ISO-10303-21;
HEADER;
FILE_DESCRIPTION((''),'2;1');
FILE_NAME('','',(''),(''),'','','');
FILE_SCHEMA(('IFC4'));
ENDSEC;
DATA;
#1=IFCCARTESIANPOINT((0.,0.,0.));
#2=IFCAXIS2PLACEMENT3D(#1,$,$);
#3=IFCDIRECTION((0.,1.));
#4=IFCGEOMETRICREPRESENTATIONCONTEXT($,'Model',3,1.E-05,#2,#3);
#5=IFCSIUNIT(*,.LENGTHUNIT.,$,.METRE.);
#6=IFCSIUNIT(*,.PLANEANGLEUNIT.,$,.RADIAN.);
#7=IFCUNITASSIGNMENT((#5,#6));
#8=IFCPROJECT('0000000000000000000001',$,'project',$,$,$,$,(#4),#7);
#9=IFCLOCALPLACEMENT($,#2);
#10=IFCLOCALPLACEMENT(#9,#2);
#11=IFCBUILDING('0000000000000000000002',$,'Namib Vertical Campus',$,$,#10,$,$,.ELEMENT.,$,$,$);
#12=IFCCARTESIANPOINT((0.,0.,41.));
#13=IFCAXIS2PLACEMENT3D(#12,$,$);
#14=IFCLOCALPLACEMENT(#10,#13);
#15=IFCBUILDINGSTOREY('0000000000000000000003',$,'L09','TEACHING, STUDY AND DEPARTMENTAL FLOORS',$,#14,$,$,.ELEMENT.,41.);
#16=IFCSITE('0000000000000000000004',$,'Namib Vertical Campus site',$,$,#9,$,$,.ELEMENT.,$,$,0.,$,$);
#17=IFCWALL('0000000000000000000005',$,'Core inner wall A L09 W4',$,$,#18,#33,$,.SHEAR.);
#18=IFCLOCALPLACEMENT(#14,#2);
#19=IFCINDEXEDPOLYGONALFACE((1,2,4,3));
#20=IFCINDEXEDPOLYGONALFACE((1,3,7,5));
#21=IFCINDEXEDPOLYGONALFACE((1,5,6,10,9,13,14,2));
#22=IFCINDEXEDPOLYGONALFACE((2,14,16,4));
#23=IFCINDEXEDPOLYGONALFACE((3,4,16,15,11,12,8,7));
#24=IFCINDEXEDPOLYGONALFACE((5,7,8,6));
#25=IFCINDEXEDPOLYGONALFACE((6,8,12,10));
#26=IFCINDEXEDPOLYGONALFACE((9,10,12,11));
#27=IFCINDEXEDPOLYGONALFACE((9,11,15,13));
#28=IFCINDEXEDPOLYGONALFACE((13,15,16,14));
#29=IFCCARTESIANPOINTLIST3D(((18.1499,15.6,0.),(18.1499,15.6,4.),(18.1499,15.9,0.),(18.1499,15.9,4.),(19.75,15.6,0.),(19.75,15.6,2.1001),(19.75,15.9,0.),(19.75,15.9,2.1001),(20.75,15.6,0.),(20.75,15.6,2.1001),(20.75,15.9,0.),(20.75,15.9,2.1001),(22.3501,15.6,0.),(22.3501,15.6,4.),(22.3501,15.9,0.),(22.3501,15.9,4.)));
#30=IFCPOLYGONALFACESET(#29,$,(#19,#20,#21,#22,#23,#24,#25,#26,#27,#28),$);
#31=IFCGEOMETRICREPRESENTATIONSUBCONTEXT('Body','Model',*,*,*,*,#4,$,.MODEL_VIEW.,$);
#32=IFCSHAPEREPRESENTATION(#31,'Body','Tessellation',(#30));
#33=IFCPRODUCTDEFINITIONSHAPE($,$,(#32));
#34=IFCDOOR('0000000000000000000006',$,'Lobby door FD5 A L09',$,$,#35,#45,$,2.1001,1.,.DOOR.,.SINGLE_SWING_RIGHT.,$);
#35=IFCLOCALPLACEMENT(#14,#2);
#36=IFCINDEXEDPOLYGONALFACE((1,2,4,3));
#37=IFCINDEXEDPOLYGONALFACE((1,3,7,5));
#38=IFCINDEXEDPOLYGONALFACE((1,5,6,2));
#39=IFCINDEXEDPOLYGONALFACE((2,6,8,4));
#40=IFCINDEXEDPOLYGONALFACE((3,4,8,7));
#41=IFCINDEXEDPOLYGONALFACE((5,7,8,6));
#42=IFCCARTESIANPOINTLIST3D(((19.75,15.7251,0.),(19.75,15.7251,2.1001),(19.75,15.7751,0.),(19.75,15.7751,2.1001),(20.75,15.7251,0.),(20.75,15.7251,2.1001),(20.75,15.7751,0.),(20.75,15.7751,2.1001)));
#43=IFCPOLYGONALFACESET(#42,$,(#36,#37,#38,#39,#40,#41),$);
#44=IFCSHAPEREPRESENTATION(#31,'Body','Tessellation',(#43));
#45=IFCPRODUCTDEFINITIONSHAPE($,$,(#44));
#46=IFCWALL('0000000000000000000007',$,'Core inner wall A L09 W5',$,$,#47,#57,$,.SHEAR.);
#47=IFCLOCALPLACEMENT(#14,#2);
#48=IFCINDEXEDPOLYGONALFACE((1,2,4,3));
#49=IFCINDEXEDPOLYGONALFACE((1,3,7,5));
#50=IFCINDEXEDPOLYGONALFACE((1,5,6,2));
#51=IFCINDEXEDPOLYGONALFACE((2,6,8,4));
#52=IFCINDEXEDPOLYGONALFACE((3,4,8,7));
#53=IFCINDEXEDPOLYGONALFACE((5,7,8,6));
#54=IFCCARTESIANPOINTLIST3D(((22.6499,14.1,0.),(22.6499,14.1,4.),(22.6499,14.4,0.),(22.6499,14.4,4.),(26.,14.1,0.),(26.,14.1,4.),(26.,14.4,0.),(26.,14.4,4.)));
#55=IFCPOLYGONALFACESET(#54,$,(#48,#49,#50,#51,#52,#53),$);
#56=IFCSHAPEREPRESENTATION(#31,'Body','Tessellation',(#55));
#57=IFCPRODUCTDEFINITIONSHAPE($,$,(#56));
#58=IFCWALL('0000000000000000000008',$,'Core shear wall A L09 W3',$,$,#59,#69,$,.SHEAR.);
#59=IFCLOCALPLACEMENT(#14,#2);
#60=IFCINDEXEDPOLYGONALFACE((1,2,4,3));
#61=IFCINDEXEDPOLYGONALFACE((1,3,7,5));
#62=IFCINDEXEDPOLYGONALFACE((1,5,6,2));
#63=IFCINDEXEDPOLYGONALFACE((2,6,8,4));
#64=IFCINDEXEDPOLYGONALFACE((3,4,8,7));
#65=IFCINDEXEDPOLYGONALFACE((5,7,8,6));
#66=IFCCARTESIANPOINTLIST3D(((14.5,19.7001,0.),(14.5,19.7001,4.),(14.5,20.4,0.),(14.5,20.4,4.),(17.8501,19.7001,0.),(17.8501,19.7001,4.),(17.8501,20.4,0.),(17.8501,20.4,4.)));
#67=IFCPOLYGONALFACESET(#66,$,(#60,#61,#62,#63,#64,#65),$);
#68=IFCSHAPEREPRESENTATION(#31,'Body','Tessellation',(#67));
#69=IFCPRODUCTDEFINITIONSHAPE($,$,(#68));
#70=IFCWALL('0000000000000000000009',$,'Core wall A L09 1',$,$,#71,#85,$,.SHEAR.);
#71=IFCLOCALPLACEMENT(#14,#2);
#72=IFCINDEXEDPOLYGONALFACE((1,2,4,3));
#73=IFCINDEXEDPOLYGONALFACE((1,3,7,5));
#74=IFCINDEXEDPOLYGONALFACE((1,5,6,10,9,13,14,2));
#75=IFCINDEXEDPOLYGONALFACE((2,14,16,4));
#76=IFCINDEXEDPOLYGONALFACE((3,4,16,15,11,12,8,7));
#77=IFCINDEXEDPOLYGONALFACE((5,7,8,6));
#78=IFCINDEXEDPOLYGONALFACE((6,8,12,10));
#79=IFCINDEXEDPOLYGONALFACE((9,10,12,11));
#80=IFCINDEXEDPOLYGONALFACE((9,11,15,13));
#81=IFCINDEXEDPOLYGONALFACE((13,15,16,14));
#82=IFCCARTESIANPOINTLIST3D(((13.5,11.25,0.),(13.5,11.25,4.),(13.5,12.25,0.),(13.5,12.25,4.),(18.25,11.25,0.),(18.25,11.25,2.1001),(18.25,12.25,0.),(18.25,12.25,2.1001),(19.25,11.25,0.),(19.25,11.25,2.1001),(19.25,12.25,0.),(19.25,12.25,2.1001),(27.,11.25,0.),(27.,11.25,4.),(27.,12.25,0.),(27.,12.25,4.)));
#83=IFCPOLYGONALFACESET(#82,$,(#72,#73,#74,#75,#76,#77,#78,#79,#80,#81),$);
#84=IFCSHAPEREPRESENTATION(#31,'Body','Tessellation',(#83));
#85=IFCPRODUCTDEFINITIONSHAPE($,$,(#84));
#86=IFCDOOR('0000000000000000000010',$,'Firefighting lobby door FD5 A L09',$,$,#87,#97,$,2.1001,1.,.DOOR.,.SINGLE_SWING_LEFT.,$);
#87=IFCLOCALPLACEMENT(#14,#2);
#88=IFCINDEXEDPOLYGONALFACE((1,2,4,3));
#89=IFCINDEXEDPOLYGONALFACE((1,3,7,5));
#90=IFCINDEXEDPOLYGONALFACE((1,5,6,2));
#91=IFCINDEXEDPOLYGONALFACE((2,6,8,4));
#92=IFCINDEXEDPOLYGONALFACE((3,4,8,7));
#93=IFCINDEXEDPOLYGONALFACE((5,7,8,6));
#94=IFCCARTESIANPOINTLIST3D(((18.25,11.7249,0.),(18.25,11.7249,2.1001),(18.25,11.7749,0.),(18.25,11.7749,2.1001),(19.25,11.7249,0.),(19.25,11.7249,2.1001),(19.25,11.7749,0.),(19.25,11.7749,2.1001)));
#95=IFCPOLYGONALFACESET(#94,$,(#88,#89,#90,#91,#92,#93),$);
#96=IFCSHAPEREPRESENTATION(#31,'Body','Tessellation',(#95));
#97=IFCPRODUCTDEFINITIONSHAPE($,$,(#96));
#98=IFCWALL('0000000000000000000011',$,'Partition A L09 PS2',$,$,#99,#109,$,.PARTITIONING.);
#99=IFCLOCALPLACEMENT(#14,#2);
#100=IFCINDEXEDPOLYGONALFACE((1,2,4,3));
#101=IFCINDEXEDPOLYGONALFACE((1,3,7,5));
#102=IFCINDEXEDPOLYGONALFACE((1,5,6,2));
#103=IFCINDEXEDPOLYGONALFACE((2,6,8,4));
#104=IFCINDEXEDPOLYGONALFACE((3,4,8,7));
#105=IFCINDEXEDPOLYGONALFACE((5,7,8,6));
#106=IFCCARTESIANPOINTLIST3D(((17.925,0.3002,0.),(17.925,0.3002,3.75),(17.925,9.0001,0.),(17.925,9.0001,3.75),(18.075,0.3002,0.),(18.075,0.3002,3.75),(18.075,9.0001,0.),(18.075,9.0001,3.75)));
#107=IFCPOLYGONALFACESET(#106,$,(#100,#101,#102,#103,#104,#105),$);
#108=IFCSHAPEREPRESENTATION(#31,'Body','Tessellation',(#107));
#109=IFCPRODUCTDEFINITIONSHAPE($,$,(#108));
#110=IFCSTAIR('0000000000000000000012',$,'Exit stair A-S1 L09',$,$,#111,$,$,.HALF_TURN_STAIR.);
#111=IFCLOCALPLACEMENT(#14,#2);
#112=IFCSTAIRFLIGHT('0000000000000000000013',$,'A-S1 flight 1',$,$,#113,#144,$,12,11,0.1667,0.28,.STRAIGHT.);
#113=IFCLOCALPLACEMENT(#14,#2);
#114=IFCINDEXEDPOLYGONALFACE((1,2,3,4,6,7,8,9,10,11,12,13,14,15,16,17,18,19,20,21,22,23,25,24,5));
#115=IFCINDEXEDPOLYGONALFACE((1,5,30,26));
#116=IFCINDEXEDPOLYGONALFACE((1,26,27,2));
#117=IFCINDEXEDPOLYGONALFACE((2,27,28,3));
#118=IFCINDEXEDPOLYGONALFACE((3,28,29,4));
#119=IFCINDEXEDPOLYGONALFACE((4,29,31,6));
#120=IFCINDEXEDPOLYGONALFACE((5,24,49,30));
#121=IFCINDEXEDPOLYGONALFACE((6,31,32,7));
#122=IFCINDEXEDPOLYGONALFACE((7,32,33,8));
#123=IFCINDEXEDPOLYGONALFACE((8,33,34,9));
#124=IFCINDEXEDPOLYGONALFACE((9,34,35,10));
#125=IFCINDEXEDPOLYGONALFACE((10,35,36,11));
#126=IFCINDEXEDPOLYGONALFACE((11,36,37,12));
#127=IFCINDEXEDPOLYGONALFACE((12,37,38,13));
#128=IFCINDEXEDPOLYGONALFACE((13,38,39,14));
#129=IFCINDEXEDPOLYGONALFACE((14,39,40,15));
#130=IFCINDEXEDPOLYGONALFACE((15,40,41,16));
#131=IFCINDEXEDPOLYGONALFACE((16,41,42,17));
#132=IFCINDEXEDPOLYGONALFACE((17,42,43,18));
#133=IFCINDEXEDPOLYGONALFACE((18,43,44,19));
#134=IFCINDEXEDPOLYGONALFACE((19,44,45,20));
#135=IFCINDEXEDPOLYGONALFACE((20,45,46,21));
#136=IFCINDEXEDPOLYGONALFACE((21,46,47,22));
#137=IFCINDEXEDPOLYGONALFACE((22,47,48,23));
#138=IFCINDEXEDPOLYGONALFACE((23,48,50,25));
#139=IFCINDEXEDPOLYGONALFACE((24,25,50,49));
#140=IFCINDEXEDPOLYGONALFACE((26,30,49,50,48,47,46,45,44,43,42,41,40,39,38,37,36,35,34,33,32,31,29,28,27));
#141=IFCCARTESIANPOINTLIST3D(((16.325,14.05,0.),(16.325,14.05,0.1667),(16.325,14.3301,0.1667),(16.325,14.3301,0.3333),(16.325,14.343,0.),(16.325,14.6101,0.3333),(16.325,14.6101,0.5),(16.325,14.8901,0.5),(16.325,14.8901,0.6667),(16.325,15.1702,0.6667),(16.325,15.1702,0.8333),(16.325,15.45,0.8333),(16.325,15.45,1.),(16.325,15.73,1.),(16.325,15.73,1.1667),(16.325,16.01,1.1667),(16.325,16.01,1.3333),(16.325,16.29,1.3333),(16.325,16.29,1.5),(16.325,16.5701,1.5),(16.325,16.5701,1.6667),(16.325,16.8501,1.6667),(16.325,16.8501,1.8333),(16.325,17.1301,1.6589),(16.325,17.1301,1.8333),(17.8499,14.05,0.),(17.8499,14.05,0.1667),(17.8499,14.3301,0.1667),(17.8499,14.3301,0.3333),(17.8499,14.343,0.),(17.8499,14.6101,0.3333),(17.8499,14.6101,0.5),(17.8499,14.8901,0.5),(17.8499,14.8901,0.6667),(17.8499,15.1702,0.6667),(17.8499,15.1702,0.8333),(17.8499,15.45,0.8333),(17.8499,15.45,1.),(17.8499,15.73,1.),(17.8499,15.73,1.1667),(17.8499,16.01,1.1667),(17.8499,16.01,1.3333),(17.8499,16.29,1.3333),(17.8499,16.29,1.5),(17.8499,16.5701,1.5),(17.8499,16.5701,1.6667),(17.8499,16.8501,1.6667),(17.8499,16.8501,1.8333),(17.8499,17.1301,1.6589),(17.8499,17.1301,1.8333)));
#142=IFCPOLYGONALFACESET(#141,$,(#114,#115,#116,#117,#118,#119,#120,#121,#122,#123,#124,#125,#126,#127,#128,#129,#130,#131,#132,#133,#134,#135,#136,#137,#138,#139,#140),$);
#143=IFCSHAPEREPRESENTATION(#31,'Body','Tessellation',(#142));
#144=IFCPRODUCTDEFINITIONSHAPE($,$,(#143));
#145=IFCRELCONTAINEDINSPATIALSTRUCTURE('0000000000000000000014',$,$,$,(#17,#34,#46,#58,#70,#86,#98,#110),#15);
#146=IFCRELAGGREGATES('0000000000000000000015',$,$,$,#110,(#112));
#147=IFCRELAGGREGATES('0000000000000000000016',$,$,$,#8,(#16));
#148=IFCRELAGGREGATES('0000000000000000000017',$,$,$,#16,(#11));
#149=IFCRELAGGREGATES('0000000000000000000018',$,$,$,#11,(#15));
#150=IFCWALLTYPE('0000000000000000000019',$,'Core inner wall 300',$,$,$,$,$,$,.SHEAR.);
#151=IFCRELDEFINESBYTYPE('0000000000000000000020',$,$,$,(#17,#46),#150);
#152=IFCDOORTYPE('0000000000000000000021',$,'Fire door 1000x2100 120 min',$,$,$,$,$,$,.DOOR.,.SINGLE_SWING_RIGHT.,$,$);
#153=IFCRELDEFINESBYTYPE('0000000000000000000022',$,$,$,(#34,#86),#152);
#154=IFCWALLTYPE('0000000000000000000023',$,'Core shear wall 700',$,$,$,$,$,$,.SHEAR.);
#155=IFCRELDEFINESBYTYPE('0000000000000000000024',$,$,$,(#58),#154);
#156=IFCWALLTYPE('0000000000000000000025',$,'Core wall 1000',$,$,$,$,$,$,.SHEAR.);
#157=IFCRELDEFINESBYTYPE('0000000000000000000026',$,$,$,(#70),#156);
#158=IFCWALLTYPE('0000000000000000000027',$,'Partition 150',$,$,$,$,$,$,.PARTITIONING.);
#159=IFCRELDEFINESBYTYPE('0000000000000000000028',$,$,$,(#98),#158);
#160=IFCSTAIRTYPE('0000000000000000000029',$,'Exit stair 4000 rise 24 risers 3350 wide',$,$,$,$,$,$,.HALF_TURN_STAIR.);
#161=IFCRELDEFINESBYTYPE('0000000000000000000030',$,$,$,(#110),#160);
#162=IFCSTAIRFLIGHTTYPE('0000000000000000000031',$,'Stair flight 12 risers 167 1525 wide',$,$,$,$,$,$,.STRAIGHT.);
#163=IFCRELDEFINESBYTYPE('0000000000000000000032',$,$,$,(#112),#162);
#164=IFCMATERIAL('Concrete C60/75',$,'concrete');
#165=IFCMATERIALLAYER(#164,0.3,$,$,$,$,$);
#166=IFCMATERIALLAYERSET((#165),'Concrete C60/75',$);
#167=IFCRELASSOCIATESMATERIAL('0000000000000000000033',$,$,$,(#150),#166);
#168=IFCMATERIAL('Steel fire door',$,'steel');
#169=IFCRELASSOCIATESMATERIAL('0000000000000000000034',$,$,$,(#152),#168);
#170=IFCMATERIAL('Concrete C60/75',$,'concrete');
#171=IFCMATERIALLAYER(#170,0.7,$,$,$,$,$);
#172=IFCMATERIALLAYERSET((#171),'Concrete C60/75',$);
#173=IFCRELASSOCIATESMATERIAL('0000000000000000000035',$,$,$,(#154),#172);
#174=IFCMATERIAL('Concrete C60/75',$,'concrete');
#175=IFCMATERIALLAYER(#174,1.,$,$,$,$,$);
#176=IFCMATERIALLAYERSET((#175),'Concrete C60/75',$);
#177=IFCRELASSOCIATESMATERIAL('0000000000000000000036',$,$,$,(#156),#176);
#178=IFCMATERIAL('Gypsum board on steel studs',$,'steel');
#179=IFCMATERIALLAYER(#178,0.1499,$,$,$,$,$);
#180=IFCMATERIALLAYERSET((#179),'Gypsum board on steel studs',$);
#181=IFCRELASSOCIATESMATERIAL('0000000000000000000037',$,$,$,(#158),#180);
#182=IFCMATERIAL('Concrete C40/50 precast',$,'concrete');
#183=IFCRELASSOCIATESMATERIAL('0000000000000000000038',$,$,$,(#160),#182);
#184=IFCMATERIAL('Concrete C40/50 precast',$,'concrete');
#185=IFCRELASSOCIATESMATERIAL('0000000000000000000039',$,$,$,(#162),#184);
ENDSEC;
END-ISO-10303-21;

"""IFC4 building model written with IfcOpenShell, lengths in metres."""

from ifc_helpers import new_model, si_unit, direction, frame, frame_2d, origin, place, context, subcontext, project, spatial, polyline, rectangle, outline, extrude, material, layer, layer_set, type_object, element, fill, aggregate, save


model = new_model("IFC4")

# Units and contexts
model_context = context("Model", 3, precision=1e-05, world=origin(), true_north=direction((0.0, 1.0)))
body_context = subcontext(model_context, "Body", "Model", "MODEL_VIEW")
ifc_project = project(units=[si_unit("LENGTHUNIT", "METRE"), si_unit("PLANEANGLEUNIT", "RADIAN")], contexts=[model_context])

# Site, building, storey
site_placement = place(None, origin())
site = spatial("IfcSite", under=ifc_project, at=site_placement, Name="Namib Vertical Campus site", CompositionType="ELEMENT", RefElevation=0.0)
building_placement = place(site_placement, origin())
building = spatial("IfcBuilding", under=site, at=building_placement, Name="Namib Vertical Campus", CompositionType="ELEMENT")
storey_placement = place(building_placement, frame((0.0, 0.0, 41.0)))
storey = spatial("IfcBuildingStorey", under=building, at=storey_placement, Name="L09", Description="TEACHING, STUDY AND DEPARTMENTAL FLOORS", CompositionType="ELEMENT", Elevation=41.0)

# Shared definitions
ifc_material_1 = material(Name="Concrete C60/75", Category="concrete")
ifc_layer_1 = layer(ifc_material_1, 0.3)
ifc_layer_set_1 = layer_set([ifc_layer_1], Name="Concrete C60/75")
wall_type_1 = type_object("IfcWallType", Name="Core inner wall 300", PredefinedType="SHEAR", material=ifc_layer_set_1)

# Wall, opening, door
wall_1_placement = place(storey_placement, frame((18.1499, 15.75, 0.0), z_axis=(0.0, 0.0, 1.0), x_axis=(1.0, 0.0, 0.0)))
wall_1 = element("IfcWall", 1, at=wall_1_placement, inside=storey, type_object=wall_type_1, Name="Core inner wall A L09 W4", PredefinedType="SHEAR", context=body_context, shape_type="SweptSolid", body=[
    extrude(rectangle(XDim=4.2002, YDim=0.3, at=frame_2d((2.1001, 0.0))), origin(), (0.0, 0.0, 1.0), 4.0),
])
opening_1_placement = place(wall_1_placement, frame((1.6001, 0.0, 0.0)))
opening_1 = element("IfcOpeningElement", 2, at=opening_1_placement, cuts=wall_1, PredefinedType="OPENING", context=body_context, shape_type="SweptSolid", body=[
    extrude(rectangle(XDim=1.0, YDim=2.1001, at=frame_2d((0.5, 1.05))), frame((0.0, 0.1599, 0.0), z_axis=(0.0, -1.0, 0.0), x_axis=(1.0, 0.0, 0.0)), (0.0, 0.0, 1.0), 0.3201),
])
ifc_material_2 = material(Name="Steel fire door", Category="steel")
door_type_1 = type_object("IfcDoorType", Name="Fire door 1000x2100 120 min", OperationType="SINGLE_SWING_RIGHT", PredefinedType="DOOR", material=ifc_material_2)
door_1_placement = place(opening_1_placement, frame((1.0, 0.0, 0.0), z_axis=(0.0, 0.0, 1.0), x_axis=(-1.0, 0.0, 0.0)))
door_1 = element("IfcDoor", 3, at=door_1_placement, inside=storey, type_object=door_type_1, Name="Lobby door FD5 A L09", OperationType="SINGLE_SWING_RIGHT", OverallHeight=2.1001, OverallWidth=1.0, PredefinedType="DOOR", context=body_context, shape_type="SweptSolid", body=[
    extrude(rectangle(XDim=1.0, YDim=2.1001, at=frame_2d((0.5, 1.05))), frame((0.0, 0.0249, 0.0), z_axis=(0.0, -1.0, 0.0), x_axis=(1.0, 0.0, 0.0)), (0.0, 0.0, 1.0), 0.05),
])
fill(opening_1, door_1)

# Walls
wall_2_placement = place(storey_placement, frame((22.6499, 14.25, 0.0), z_axis=(0.0, 0.0, 1.0), x_axis=(1.0, 0.0, 0.0)))
element("IfcWall", 4, at=wall_2_placement, inside=storey, type_object=wall_type_1, Name="Core inner wall A L09 W5", PredefinedType="SHEAR", context=body_context, shape_type="SweptSolid", body=[
    extrude(rectangle(XDim=3.3501, YDim=0.3, at=frame_2d((1.675, 0.0))), origin(), (0.0, 0.0, 1.0), 4.0),
])
ifc_material_3 = material(Name="Concrete C60/75", Category="concrete")
ifc_layer_2 = layer(ifc_material_3, 0.7)
ifc_layer_set_2 = layer_set([ifc_layer_2], Name="Concrete C60/75")
wall_type_2 = type_object("IfcWallType", Name="Core shear wall 700", PredefinedType="SHEAR", material=ifc_layer_set_2)
wall_3_placement = place(storey_placement, frame((14.5, 20.05, 0.0), z_axis=(0.0, 0.0, 1.0), x_axis=(1.0, 0.0, 0.0)))
element("IfcWall", 5, at=wall_3_placement, inside=storey, type_object=wall_type_2, Name="Core shear wall A L09 W3", PredefinedType="SHEAR", context=body_context, shape_type="SweptSolid", body=[
    extrude(rectangle(XDim=3.3501, YDim=0.7, at=frame_2d((1.675, 0.0))), origin(), (0.0, 0.0, 1.0), 4.0),
])

# Wall, opening, door
ifc_material_4 = material(Name="Concrete C60/75", Category="concrete")
ifc_layer_3 = layer(ifc_material_4, 1.0)
ifc_layer_set_3 = layer_set([ifc_layer_3], Name="Concrete C60/75")
wall_type_3 = type_object("IfcWallType", Name="Core wall 1000", PredefinedType="SHEAR", material=ifc_layer_set_3)
wall_4_placement = place(storey_placement, frame((13.5, 11.75, 0.0), z_axis=(0.0, 0.0, 1.0), x_axis=(1.0, 0.0, 0.0)))
wall_4 = element("IfcWall", 6, at=wall_4_placement, inside=storey, type_object=wall_type_3, Name="Core wall A L09 1", PredefinedType="SHEAR", context=body_context, shape_type="SweptSolid", body=[
    extrude(rectangle(XDim=13.5, YDim=1.0, at=frame_2d((6.75, 0.0))), origin(), (0.0, 0.0, 1.0), 4.0),
])
opening_2_placement = place(wall_4_placement, frame((4.75, 0.0, 0.0)))
opening_2 = element("IfcOpeningElement", 7, at=opening_2_placement, cuts=wall_4, PredefinedType="OPENING", context=body_context, shape_type="SweptSolid", body=[
    extrude(rectangle(XDim=1.0, YDim=2.1001, at=frame_2d((0.5, 1.05))), frame((0.0, 0.51, 0.0), z_axis=(0.0, -1.0, 0.0), x_axis=(1.0, 0.0, 0.0)), (0.0, 0.0, 1.0), 1.02),
])
door_2_placement = place(opening_2_placement, origin())
door_2 = element("IfcDoor", 8, at=door_2_placement, inside=storey, type_object=door_type_1, Name="Firefighting lobby door FD5 A L09", OperationType="SINGLE_SWING_LEFT", OverallHeight=2.1001, OverallWidth=1.0, PredefinedType="DOOR", context=body_context, shape_type="SweptSolid", body=[
    extrude(rectangle(XDim=1.0, YDim=2.1001, at=frame_2d((0.5, 1.05))), frame((0.0, 0.0249, 0.0), z_axis=(0.0, -1.0, 0.0), x_axis=(1.0, 0.0, 0.0)), (0.0, 0.0, 1.0), 0.05),
])
fill(opening_2, door_2)

# Wall
ifc_material_5 = material(Name="Gypsum board on steel studs", Category="steel")
ifc_layer_4 = layer(ifc_material_5, 0.1499)
ifc_layer_set_4 = layer_set([ifc_layer_4], Name="Gypsum board on steel studs")
wall_type_4 = type_object("IfcWallType", Name="Partition 150", PredefinedType="PARTITIONING", material=ifc_layer_set_4)
wall_5_placement = place(storey_placement, frame((18.0, 0.3, 0.0), z_axis=(0.0, 0.0, 1.0), x_axis=(0.0, 1.0, 0.0)))
element("IfcWall", 9, at=wall_5_placement, inside=storey, type_object=wall_type_4, Name="Partition A L09 PS2", PredefinedType="PARTITIONING", context=body_context, shape_type="SweptSolid", body=[
    extrude(rectangle(XDim=8.7, YDim=0.1499, at=frame_2d((4.3501, 0.0))), origin(), (0.0, 0.0, 1.0), 3.75),
])

# Stair, stair flight
ifc_material_6 = material(Name="Concrete C40/50 precast", Category="concrete")
stair_type = type_object("IfcStairType", Name="Exit stair 4000 rise 24 risers 3350 wide", PredefinedType="HALF_TURN_STAIR", material=ifc_material_6)
stair_placement = place(storey_placement, origin())
stair = element("IfcStair", 10, at=stair_placement, inside=storey, type_object=stair_type, Name="Exit stair A-S1 L09", PredefinedType="HALF_TURN_STAIR")
ifc_material_7 = material(Name="Concrete C40/50 precast", Category="concrete")
stair_flight_type = type_object("IfcStairFlightType", Name="Stair flight 12 risers 167 1525 wide", PredefinedType="STRAIGHT", material=ifc_material_7)
stair_flight_1_placement = place(storey_placement, frame((17.0874, 14.05, 0.0), z_axis=(0.0, 0.0, 1.0), x_axis=(0.0, 1.0, 0.0)))
stair_flight_1 = element("IfcStairFlight", 11, at=stair_flight_1_placement, type_object=stair_flight_type, Name="A-S1 flight 1", NumberOfRisers=12, NumberOfTreads=11, PredefinedType="STRAIGHT", RiserHeight=0.1667, TreadLength=0.28, context=body_context, shape_type="SweptSolid", body=[
    extrude(outline(polyline([(0.0, 0.0), (0.0, 0.1667), (0.28, 0.1667), (0.28, 0.3333), (0.5601, 0.3333), (0.5601, 0.5), (0.8401, 0.5), (0.8401, 0.6667), (1.1201, 0.6667), (1.1201, 0.8333), (1.3999, 0.8333), (1.3999, 1.0), (1.6799, 1.0), (1.6799, 1.1667), (1.96, 1.1667), (1.96, 1.3333), (2.24, 1.3333), (2.24, 1.5), (2.52, 1.5), (2.52, 1.6667), (2.8, 1.6667), (2.8, 1.8333), (3.0801, 1.8333), (3.0801, 2.0), (3.0801, 1.6589), (0.293, 0.0), (0.0, 0.0)])), frame((0.0, 0.7625, 0.0), z_axis=(0.0, -1.0, 0.0), x_axis=(1.0, 0.0, 0.0)), (0.0, 0.0, 1.0), 1.5249),
])
aggregate(stair, [stair_flight_1])

save(model, "model.ifc")
